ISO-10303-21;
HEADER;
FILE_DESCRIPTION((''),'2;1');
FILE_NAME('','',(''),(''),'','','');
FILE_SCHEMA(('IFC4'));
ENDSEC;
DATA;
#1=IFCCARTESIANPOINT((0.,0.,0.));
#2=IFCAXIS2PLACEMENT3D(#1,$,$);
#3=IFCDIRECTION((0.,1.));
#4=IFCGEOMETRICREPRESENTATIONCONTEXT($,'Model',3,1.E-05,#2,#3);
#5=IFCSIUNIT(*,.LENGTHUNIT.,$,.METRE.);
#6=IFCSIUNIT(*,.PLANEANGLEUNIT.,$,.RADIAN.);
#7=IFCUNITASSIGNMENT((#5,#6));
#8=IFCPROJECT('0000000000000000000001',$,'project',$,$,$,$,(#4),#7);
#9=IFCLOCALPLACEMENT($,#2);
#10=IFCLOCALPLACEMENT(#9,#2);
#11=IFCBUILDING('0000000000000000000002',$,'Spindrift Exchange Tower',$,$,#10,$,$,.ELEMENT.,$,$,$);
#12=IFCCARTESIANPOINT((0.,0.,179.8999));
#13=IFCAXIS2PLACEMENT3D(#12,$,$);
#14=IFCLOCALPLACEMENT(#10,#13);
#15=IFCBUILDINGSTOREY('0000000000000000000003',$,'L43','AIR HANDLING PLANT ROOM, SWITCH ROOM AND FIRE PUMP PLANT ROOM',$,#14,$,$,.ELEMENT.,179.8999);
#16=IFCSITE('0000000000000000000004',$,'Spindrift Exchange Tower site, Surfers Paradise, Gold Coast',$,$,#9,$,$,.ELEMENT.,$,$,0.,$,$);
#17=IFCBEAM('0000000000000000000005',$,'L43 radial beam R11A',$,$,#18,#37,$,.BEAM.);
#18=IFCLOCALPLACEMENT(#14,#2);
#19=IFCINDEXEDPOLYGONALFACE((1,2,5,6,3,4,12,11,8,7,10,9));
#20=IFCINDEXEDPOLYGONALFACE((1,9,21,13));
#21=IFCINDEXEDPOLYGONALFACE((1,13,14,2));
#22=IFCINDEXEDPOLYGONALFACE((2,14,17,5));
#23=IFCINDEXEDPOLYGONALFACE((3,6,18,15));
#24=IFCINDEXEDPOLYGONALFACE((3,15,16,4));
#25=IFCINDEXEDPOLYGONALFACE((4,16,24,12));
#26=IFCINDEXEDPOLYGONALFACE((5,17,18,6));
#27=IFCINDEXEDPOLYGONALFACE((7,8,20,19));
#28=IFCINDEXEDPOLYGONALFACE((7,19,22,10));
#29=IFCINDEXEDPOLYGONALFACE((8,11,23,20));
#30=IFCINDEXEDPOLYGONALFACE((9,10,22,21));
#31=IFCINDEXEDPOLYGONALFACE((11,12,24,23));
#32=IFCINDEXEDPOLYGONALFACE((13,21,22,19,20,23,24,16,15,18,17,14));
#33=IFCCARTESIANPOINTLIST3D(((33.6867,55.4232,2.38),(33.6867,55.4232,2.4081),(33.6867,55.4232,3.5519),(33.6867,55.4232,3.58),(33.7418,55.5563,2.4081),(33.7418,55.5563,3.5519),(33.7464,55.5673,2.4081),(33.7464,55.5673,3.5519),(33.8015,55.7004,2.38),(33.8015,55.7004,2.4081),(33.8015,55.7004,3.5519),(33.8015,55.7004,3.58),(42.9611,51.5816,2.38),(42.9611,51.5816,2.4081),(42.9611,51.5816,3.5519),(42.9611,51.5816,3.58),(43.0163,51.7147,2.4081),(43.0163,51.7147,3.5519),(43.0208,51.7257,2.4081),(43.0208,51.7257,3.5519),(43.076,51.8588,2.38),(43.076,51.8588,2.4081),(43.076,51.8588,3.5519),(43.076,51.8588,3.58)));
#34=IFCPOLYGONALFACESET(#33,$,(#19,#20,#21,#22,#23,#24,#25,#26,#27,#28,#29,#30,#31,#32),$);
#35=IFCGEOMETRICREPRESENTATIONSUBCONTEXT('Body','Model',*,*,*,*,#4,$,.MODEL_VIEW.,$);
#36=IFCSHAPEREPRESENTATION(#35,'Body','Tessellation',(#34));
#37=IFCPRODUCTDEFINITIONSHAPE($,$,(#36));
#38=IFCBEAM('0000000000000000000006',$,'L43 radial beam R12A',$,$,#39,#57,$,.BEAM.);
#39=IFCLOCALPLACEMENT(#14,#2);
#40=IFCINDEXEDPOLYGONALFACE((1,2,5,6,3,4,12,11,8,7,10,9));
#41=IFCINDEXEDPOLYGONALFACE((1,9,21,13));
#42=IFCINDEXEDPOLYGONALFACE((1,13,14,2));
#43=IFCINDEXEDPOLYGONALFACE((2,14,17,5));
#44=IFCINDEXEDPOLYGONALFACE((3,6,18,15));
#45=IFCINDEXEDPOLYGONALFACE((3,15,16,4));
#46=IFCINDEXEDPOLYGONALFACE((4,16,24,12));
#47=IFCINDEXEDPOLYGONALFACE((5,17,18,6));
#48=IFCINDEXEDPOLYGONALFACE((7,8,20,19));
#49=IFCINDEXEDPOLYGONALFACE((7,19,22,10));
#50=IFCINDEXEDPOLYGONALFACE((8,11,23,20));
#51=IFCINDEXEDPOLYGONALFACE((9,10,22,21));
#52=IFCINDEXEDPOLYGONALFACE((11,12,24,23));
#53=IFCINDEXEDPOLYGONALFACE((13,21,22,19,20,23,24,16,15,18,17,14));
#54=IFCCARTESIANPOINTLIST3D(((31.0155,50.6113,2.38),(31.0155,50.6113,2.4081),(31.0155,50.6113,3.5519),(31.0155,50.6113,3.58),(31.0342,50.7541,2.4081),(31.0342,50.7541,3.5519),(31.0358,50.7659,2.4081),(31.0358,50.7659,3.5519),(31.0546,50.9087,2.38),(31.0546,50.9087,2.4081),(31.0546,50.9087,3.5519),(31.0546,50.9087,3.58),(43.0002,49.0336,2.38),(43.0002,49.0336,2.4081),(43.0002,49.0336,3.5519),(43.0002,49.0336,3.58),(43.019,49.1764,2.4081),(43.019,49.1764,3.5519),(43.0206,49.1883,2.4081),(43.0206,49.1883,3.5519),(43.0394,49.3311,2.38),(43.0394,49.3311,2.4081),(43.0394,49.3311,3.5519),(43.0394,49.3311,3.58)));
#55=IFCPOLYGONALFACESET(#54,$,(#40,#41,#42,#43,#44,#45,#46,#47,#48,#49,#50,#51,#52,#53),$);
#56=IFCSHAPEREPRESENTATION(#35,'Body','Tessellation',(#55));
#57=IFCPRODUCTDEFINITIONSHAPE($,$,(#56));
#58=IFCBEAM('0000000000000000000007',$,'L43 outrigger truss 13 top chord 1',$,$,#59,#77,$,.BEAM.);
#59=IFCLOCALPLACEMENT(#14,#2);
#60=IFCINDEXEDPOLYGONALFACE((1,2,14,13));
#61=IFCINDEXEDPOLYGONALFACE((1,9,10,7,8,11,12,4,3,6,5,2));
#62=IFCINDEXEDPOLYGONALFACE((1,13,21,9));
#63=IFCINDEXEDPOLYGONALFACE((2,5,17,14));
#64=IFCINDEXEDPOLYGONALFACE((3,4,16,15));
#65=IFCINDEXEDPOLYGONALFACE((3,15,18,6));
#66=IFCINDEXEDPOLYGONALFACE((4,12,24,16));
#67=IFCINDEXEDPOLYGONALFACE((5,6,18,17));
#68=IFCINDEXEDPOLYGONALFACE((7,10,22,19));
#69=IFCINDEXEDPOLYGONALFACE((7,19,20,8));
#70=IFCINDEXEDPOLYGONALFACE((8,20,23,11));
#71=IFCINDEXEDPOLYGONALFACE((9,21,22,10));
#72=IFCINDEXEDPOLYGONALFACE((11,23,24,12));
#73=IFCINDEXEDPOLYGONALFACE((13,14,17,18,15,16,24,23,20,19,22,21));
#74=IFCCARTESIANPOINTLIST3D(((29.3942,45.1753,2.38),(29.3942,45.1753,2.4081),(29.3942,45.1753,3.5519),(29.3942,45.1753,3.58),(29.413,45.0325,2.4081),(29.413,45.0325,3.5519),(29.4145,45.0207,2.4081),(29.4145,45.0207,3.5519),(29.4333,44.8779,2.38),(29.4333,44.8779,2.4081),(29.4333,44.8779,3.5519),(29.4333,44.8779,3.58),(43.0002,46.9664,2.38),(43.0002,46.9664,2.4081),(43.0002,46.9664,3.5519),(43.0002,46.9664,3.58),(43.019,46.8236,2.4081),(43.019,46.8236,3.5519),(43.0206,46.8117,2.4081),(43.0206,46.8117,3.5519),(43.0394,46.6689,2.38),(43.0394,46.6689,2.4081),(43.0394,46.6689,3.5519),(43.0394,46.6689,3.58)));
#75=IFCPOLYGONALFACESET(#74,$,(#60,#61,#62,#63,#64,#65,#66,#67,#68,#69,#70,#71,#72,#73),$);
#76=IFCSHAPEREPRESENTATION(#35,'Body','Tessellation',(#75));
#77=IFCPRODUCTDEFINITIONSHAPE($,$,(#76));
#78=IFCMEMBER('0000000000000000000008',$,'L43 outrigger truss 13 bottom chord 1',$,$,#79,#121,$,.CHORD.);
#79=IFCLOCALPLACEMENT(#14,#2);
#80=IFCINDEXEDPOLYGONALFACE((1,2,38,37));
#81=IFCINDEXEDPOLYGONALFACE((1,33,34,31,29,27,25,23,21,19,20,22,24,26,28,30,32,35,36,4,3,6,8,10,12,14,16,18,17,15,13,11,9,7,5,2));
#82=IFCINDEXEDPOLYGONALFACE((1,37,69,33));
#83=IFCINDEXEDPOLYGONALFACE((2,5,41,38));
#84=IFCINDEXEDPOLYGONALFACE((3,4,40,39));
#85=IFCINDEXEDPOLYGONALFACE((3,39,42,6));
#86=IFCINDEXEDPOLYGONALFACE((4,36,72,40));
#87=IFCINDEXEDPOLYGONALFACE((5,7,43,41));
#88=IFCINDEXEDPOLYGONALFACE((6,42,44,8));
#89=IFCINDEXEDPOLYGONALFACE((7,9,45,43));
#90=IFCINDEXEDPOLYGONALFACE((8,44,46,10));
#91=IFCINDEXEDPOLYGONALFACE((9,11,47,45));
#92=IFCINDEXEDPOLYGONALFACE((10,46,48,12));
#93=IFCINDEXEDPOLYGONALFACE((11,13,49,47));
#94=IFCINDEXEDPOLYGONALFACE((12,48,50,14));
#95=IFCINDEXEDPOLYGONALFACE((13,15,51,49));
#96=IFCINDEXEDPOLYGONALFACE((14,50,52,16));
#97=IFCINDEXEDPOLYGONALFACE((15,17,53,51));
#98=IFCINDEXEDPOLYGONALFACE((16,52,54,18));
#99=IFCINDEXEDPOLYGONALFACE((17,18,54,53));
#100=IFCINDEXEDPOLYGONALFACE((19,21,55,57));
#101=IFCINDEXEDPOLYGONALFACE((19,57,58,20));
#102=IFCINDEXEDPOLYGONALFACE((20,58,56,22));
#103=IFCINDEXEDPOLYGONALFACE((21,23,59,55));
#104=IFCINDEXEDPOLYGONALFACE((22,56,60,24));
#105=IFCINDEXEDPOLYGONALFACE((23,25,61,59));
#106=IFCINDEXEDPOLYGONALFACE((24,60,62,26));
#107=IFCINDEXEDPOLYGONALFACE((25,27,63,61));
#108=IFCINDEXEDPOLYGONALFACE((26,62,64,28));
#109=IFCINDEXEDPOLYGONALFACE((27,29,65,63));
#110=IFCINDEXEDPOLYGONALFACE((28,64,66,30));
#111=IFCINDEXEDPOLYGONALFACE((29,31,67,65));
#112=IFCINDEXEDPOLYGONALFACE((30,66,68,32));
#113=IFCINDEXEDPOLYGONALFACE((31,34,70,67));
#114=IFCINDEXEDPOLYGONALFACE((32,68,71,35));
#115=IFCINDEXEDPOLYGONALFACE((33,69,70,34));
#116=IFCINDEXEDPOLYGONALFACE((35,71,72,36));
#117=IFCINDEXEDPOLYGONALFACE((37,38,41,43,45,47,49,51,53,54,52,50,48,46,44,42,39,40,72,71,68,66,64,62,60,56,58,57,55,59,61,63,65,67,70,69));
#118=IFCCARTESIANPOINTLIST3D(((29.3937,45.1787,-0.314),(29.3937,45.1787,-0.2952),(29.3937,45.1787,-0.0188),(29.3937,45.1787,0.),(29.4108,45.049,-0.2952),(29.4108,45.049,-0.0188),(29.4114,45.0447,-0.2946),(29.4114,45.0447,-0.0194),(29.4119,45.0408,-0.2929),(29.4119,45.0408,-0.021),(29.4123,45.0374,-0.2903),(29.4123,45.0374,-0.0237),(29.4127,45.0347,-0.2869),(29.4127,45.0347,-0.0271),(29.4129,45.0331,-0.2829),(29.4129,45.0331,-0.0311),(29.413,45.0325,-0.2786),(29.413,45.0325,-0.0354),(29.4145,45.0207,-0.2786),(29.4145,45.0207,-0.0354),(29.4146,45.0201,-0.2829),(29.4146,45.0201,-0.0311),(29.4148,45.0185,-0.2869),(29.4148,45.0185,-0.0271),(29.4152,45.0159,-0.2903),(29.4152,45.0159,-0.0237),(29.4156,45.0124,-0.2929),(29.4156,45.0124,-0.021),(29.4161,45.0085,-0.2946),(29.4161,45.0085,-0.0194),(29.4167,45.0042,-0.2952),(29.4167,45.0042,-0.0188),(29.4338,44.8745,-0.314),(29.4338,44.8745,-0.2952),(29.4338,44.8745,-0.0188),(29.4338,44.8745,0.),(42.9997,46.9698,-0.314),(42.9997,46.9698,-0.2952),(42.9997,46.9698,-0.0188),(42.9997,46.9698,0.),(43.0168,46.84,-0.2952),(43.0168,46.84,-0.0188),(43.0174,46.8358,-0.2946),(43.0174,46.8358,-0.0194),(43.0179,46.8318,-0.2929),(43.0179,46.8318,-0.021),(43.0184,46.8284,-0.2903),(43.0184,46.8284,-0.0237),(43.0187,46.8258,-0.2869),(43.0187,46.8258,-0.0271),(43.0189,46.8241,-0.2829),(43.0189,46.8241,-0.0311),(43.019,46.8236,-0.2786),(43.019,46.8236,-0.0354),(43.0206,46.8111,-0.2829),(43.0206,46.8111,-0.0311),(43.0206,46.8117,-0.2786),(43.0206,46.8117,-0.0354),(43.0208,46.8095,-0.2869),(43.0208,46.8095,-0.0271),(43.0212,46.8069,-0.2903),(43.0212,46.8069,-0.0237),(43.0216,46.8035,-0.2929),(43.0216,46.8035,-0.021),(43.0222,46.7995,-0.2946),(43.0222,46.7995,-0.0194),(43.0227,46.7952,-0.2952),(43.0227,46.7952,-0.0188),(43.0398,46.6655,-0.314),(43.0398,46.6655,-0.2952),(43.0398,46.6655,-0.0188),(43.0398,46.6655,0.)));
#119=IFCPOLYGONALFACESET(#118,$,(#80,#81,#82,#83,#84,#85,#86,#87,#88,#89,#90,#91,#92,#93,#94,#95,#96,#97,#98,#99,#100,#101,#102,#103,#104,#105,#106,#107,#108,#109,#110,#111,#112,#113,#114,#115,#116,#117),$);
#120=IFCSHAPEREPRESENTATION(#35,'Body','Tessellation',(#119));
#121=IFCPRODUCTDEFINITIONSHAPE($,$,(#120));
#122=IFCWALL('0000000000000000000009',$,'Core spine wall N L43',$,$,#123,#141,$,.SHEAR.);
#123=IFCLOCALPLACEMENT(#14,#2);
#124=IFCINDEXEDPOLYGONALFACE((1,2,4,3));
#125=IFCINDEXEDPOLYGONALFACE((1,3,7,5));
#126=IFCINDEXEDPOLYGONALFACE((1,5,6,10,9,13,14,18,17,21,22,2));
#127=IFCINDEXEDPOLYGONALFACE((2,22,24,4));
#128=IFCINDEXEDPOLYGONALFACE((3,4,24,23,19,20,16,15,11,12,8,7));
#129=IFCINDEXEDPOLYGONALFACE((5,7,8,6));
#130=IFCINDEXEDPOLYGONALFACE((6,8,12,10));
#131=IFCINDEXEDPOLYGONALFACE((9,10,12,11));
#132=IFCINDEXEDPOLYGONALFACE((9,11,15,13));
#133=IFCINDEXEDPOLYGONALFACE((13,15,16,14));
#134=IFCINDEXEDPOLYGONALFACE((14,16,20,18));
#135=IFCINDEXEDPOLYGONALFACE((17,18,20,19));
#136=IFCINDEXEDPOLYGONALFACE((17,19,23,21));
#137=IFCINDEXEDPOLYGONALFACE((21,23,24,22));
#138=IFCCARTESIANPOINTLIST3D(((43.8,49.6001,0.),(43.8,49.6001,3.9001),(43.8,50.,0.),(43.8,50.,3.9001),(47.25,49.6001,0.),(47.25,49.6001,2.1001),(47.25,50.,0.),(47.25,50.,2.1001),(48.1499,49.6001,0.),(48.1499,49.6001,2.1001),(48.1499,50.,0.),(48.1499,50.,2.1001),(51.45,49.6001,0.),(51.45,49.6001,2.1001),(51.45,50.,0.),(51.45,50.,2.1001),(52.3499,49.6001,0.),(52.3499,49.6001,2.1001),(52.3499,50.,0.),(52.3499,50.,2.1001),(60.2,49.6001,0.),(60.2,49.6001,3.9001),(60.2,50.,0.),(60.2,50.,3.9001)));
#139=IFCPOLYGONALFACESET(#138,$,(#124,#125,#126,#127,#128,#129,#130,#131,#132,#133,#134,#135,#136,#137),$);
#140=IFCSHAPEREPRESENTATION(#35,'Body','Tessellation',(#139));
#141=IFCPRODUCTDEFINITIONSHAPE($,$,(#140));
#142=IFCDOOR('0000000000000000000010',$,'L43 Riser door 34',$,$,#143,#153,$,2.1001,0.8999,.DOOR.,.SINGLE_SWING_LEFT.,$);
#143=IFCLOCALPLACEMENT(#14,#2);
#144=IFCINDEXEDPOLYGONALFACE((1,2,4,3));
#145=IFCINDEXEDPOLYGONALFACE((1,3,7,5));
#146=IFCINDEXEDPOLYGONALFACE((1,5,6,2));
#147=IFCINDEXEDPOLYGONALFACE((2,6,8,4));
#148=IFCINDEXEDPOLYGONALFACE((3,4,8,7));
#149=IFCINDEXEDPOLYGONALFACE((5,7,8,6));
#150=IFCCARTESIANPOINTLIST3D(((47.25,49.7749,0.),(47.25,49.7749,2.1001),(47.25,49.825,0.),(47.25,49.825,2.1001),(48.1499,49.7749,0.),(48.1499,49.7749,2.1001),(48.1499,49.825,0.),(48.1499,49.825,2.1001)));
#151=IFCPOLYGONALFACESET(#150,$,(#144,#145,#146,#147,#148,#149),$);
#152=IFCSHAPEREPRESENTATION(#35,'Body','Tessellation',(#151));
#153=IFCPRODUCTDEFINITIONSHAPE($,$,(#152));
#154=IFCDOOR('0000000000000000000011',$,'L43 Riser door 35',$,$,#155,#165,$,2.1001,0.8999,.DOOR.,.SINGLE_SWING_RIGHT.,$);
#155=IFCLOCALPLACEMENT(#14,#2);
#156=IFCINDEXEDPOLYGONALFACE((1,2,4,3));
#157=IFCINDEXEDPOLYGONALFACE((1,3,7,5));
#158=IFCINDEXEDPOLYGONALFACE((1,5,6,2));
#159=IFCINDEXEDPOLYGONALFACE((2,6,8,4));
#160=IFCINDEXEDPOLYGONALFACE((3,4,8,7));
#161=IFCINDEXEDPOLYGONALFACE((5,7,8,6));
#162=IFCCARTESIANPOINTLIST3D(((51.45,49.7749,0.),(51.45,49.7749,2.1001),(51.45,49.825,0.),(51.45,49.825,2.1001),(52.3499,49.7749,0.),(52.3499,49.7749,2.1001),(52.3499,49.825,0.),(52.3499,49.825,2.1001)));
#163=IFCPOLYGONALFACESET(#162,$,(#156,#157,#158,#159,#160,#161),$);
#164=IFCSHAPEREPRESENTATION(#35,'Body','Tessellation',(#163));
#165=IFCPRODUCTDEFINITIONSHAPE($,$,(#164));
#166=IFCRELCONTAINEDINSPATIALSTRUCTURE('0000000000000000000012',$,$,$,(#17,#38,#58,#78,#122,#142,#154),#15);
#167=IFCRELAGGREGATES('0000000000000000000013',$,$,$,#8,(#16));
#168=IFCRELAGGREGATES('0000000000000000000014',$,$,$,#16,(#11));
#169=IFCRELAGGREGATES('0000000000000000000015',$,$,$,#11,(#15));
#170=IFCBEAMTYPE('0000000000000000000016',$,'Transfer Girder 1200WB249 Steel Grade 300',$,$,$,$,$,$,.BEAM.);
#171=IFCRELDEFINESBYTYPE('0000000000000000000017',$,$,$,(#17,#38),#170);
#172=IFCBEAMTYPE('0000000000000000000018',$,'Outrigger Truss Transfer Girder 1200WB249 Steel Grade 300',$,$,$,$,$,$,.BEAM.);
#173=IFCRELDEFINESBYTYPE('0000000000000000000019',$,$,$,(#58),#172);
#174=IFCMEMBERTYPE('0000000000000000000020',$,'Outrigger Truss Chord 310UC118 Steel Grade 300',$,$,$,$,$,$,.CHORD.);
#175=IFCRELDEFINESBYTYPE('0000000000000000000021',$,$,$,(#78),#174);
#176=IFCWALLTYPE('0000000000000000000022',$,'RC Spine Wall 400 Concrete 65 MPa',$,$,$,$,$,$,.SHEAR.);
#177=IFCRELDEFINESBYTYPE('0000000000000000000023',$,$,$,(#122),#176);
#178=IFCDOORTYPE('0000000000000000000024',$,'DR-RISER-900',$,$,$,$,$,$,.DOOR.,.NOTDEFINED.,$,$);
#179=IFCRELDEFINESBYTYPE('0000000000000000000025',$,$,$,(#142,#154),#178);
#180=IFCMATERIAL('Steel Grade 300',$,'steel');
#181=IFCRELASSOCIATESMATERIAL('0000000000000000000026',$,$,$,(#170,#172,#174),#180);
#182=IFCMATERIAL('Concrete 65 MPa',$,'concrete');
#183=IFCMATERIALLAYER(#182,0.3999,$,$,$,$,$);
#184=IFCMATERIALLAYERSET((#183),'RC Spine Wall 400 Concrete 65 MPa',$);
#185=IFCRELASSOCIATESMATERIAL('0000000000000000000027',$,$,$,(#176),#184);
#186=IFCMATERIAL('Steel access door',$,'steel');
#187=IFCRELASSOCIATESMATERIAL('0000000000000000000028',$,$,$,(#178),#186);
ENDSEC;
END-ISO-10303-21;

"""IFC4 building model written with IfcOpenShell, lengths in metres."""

from ifc_helpers import new_model, si_unit, direction, frame, frame_2d, origin, origin_2d, place, context, subcontext, project, spatial, rectangle, i_section, extrude, source, transform, mapped, material, layer, layer_set, material_profile, profile_set, type_object, element, fill, save


model = new_model("IFC4")

# Units and contexts
model_context = context("Model", 3, precision=1e-05, world=origin(), true_north=direction((0.0, 1.0)))
body_context = subcontext(model_context, "Body", "Model", "MODEL_VIEW")
ifc_project = project(units=[si_unit("LENGTHUNIT", "METRE"), si_unit("PLANEANGLEUNIT", "RADIAN")], contexts=[model_context])

# Site, building, storey
site_placement = place(None, origin())
site = spatial("IfcSite", under=ifc_project, at=site_placement, Name="Spindrift Exchange Tower site, Surfers Paradise, Gold Coast", CompositionType="ELEMENT", RefElevation=0.0)
building_placement = place(site_placement, origin())
building = spatial("IfcBuilding", under=site, at=building_placement, Name="Spindrift Exchange Tower", CompositionType="ELEMENT")
storey_placement = place(building_placement, frame((0.0, 0.0, 179.8999)))
storey = spatial("IfcBuildingStorey", under=building, at=storey_placement, Name="L43", Description="AIR HANDLING PLANT ROOM, SWITCH ROOM AND FIRE PUMP PLANT ROOM", CompositionType="ELEMENT", Elevation=179.8999)

# Beams
ifc_material_1 = material(Name="Steel Grade 300", Category="steel")
ifc_material_profile_1 = material_profile(ifc_material_1, i_section(OverallWidth=0.3, OverallDepth=1.2, WebThickness=0.012, FlangeThickness=0.0281, at=origin_2d()), Name="1200WB249")
ifc_profile_set_1 = profile_set([ifc_material_profile_1], Name="Steel Grade 300")
beam_type_1 = type_object("IfcBeamType", Name="Transfer Girder 1200WB249 Steel Grade 300", PredefinedType="BEAM", material=ifc_profile_set_1)
shared_shape_1 = source(origin(), body_context, "Body", "SweptSolid", [
    extrude(i_section(OverallWidth=0.3, OverallDepth=1.2, WebThickness=0.012, FlangeThickness=0.0281, at=origin_2d()), origin(), (0.0, 0.0, 1.0), 10.0386),
])
beam_1_placement = place(storey_placement, frame((43.0186, 51.7202, 2.98), z_axis=(-0.923881, 0.38268, 0.0), x_axis=(-0.38268, -0.923881, 0.0)))
element("IfcBeam", 1, at=beam_1_placement, inside=storey, type_object=beam_type_1, Name="L43 radial beam R11A", PredefinedType="BEAM", context=body_context, shape_type="MappedRepresentation", body=[
    mapped(shared_shape_1, transform((0.0, 0.0, 0.0), scale=1.0)),
])
shared_shape_2 = source(origin(), body_context, "Body", "SweptSolid", [
    extrude(i_section(OverallWidth=0.3, OverallDepth=1.2, WebThickness=0.012, FlangeThickness=0.0281, at=origin_2d()), origin(), (0.0, 0.0, 1.0), 12.0881),
])
beam_2_placement = place(storey_placement, frame((43.0198, 49.1824, 2.98), z_axis=(-0.991447, 0.13051, 0.0), x_axis=(-0.13051, -0.991447, 0.0)))
element("IfcBeam", 2, at=beam_2_placement, inside=storey, type_object=beam_type_1, Name="L43 radial beam R12A", PredefinedType="BEAM", context=body_context, shape_type="MappedRepresentation", body=[
    mapped(shared_shape_2, transform((0.0, 0.0, 0.0), scale=1.0)),
])
ifc_material_profile_2 = material_profile(ifc_material_1, i_section(OverallWidth=0.3, OverallDepth=1.2, WebThickness=0.012, FlangeThickness=0.0281, at=origin_2d()), Name="1200WB249")
ifc_profile_set_2 = profile_set([ifc_material_profile_2], Name="Steel Grade 300")
beam_type_2 = type_object("IfcBeamType", Name="Outrigger Truss Transfer Girder 1200WB249 Steel Grade 300", PredefinedType="BEAM", material=ifc_profile_set_2)
shared_shape_3 = source(origin(), body_context, "Body", "SweptSolid", [
    extrude(i_section(OverallWidth=0.3, OverallDepth=1.2, WebThickness=0.012, FlangeThickness=0.0281, at=origin_2d()), origin(), (0.0, 0.0, 1.0), 13.7234),
])
beam_3_placement = place(storey_placement, frame((43.0198, 46.8176, 2.98), z_axis=(-0.991447, -0.130509, 0.0), x_axis=(0.130509, -0.991447, 0.0)))
element("IfcBeam", 3, at=beam_3_placement, inside=storey, type_object=beam_type_2, Name="L43 outrigger truss 13 top chord 1", PredefinedType="BEAM", context=body_context, shape_type="MappedRepresentation", body=[
    mapped(shared_shape_3, transform((0.0, 0.0, 0.0), scale=1.0)),
])

# Member
ifc_material_profile_3 = material_profile(ifc_material_1, i_section(OverallWidth=0.3069, OverallDepth=0.314, WebThickness=0.012, FlangeThickness=0.0188, FilletRadius=0.0166, at=origin_2d()), Name="310UC118")
ifc_profile_set_3 = profile_set([ifc_material_profile_3], Name="Steel Grade 300")
member_type = type_object("IfcMemberType", Name="Outrigger Truss Chord 310UC118 Steel Grade 300", PredefinedType="CHORD", material=ifc_profile_set_3)
shared_shape_4 = source(origin(), body_context, "Body", "SweptSolid", [
    extrude(i_section(OverallWidth=0.3069, OverallDepth=0.314, WebThickness=0.012, FlangeThickness=0.0188, FilletRadius=0.0166, at=origin_2d()), origin(), (0.0, 0.0, 1.0), 13.7234),
])
member_placement = place(storey_placement, frame((43.0198, 46.8176, -0.157), z_axis=(-0.991447, -0.130509, 0.0), x_axis=(0.130509, -0.991447, 0.0)))
element("IfcMember", 4, at=member_placement, inside=storey, type_object=member_type, Name="L43 outrigger truss 13 bottom chord 1", PredefinedType="CHORD", context=body_context, shape_type="MappedRepresentation", body=[
    mapped(shared_shape_4, transform((0.0, 0.0, 0.0), scale=1.0)),
])

# Wall, openings, doors
ifc_material_2 = material(Name="Concrete 65 MPa", Category="concrete")
ifc_layer_1 = layer(ifc_material_2, 0.3999)
ifc_layer_set_1 = layer_set([ifc_layer_1], Name="RC Spine Wall 400 Concrete 65 MPa")
wall_type_1 = type_object("IfcWallType", Name="RC Spine Wall 400 Concrete 65 MPa", PredefinedType="SHEAR", material=ifc_layer_set_1)
wall_1_placement = place(storey_placement, frame((43.8, 49.8, 0.0), z_axis=(0.0, 0.0, 1.0), x_axis=(1.0, 0.0, 0.0)))
wall_1 = element("IfcWall", 5, at=wall_1_placement, inside=storey, type_object=wall_type_1, Name="Core spine wall N L43", PredefinedType="SHEAR", context=body_context, shape_type="SweptSolid", body=[
    extrude(rectangle(XDim=16.3999, YDim=0.3999, at=frame_2d((8.2, 0.0))), origin(), (0.0, 0.0, 1.0), 3.9001),
])
opening_1_placement = place(wall_1_placement, frame((3.45, 0.0, 0.0)))
opening_1 = element("IfcOpeningElement", 6, at=opening_1_placement, cuts=wall_1, PredefinedType="OPENING", context=body_context, shape_type="SweptSolid", body=[
    extrude(rectangle(XDim=0.8999, YDim=2.1001, at=frame_2d((0.45, 1.05))), frame((0.0, 0.21, 0.0), z_axis=(0.0, -1.0, 0.0), x_axis=(1.0, 0.0, 0.0)), (0.0, 0.0, 1.0), 0.4199),
])
opening_2_placement = place(wall_1_placement, frame((7.6499, 0.0, 0.0)))
opening_2 = element("IfcOpeningElement", 7, at=opening_2_placement, cuts=wall_1, PredefinedType="OPENING", context=body_context, shape_type="SweptSolid", body=[
    extrude(rectangle(XDim=0.8999, YDim=2.1001, at=frame_2d((0.45, 1.05))), frame((0.0, 0.21, 0.0), z_axis=(0.0, -1.0, 0.0), x_axis=(1.0, 0.0, 0.0)), (0.0, 0.0, 1.0), 0.4199),
])
ifc_material_3 = material(Name="Steel access door", Category="steel")
door_type_1 = type_object("IfcDoorType", Name="DR-RISER-900", OperationType="NOTDEFINED", PredefinedType="DOOR", material=ifc_material_3)
shared_shape_5 = source(origin(), body_context, "Body", "SweptSolid", [
    extrude(rectangle(XDim=0.8999, YDim=2.1001, at=frame_2d((0.45, 1.05))), frame((0.0, 0.0249, 0.0), z_axis=(0.0, -1.0, 0.0), x_axis=(1.0, 0.0, 0.0)), (0.0, 0.0, 1.0), 0.05),
])
door_1_placement = place(opening_1_placement, origin())
door_1 = element("IfcDoor", 8, at=door_1_placement, inside=storey, type_object=door_type_1, Name="L43 Riser door 34", OperationType="SINGLE_SWING_LEFT", OverallHeight=2.1001, OverallWidth=0.8999, PredefinedType="DOOR", context=body_context, shape_type="MappedRepresentation", body=[
    mapped(shared_shape_5, transform((0.0, 0.0, 0.0), scale=1.0)),
])
fill(opening_1, door_1)
door_2_placement = place(opening_2_placement, origin())
door_2 = element("IfcDoor", 9, at=door_2_placement, inside=storey, type_object=door_type_1, Name="L43 Riser door 35", OperationType="SINGLE_SWING_RIGHT", OverallHeight=2.1001, OverallWidth=0.8999, PredefinedType="DOOR", context=body_context, shape_type="MappedRepresentation", body=[
    mapped(shared_shape_5, transform((0.0, 0.0, 0.0), scale=1.0)),
])
fill(opening_2, door_2)

save(model, "model.ifc")
